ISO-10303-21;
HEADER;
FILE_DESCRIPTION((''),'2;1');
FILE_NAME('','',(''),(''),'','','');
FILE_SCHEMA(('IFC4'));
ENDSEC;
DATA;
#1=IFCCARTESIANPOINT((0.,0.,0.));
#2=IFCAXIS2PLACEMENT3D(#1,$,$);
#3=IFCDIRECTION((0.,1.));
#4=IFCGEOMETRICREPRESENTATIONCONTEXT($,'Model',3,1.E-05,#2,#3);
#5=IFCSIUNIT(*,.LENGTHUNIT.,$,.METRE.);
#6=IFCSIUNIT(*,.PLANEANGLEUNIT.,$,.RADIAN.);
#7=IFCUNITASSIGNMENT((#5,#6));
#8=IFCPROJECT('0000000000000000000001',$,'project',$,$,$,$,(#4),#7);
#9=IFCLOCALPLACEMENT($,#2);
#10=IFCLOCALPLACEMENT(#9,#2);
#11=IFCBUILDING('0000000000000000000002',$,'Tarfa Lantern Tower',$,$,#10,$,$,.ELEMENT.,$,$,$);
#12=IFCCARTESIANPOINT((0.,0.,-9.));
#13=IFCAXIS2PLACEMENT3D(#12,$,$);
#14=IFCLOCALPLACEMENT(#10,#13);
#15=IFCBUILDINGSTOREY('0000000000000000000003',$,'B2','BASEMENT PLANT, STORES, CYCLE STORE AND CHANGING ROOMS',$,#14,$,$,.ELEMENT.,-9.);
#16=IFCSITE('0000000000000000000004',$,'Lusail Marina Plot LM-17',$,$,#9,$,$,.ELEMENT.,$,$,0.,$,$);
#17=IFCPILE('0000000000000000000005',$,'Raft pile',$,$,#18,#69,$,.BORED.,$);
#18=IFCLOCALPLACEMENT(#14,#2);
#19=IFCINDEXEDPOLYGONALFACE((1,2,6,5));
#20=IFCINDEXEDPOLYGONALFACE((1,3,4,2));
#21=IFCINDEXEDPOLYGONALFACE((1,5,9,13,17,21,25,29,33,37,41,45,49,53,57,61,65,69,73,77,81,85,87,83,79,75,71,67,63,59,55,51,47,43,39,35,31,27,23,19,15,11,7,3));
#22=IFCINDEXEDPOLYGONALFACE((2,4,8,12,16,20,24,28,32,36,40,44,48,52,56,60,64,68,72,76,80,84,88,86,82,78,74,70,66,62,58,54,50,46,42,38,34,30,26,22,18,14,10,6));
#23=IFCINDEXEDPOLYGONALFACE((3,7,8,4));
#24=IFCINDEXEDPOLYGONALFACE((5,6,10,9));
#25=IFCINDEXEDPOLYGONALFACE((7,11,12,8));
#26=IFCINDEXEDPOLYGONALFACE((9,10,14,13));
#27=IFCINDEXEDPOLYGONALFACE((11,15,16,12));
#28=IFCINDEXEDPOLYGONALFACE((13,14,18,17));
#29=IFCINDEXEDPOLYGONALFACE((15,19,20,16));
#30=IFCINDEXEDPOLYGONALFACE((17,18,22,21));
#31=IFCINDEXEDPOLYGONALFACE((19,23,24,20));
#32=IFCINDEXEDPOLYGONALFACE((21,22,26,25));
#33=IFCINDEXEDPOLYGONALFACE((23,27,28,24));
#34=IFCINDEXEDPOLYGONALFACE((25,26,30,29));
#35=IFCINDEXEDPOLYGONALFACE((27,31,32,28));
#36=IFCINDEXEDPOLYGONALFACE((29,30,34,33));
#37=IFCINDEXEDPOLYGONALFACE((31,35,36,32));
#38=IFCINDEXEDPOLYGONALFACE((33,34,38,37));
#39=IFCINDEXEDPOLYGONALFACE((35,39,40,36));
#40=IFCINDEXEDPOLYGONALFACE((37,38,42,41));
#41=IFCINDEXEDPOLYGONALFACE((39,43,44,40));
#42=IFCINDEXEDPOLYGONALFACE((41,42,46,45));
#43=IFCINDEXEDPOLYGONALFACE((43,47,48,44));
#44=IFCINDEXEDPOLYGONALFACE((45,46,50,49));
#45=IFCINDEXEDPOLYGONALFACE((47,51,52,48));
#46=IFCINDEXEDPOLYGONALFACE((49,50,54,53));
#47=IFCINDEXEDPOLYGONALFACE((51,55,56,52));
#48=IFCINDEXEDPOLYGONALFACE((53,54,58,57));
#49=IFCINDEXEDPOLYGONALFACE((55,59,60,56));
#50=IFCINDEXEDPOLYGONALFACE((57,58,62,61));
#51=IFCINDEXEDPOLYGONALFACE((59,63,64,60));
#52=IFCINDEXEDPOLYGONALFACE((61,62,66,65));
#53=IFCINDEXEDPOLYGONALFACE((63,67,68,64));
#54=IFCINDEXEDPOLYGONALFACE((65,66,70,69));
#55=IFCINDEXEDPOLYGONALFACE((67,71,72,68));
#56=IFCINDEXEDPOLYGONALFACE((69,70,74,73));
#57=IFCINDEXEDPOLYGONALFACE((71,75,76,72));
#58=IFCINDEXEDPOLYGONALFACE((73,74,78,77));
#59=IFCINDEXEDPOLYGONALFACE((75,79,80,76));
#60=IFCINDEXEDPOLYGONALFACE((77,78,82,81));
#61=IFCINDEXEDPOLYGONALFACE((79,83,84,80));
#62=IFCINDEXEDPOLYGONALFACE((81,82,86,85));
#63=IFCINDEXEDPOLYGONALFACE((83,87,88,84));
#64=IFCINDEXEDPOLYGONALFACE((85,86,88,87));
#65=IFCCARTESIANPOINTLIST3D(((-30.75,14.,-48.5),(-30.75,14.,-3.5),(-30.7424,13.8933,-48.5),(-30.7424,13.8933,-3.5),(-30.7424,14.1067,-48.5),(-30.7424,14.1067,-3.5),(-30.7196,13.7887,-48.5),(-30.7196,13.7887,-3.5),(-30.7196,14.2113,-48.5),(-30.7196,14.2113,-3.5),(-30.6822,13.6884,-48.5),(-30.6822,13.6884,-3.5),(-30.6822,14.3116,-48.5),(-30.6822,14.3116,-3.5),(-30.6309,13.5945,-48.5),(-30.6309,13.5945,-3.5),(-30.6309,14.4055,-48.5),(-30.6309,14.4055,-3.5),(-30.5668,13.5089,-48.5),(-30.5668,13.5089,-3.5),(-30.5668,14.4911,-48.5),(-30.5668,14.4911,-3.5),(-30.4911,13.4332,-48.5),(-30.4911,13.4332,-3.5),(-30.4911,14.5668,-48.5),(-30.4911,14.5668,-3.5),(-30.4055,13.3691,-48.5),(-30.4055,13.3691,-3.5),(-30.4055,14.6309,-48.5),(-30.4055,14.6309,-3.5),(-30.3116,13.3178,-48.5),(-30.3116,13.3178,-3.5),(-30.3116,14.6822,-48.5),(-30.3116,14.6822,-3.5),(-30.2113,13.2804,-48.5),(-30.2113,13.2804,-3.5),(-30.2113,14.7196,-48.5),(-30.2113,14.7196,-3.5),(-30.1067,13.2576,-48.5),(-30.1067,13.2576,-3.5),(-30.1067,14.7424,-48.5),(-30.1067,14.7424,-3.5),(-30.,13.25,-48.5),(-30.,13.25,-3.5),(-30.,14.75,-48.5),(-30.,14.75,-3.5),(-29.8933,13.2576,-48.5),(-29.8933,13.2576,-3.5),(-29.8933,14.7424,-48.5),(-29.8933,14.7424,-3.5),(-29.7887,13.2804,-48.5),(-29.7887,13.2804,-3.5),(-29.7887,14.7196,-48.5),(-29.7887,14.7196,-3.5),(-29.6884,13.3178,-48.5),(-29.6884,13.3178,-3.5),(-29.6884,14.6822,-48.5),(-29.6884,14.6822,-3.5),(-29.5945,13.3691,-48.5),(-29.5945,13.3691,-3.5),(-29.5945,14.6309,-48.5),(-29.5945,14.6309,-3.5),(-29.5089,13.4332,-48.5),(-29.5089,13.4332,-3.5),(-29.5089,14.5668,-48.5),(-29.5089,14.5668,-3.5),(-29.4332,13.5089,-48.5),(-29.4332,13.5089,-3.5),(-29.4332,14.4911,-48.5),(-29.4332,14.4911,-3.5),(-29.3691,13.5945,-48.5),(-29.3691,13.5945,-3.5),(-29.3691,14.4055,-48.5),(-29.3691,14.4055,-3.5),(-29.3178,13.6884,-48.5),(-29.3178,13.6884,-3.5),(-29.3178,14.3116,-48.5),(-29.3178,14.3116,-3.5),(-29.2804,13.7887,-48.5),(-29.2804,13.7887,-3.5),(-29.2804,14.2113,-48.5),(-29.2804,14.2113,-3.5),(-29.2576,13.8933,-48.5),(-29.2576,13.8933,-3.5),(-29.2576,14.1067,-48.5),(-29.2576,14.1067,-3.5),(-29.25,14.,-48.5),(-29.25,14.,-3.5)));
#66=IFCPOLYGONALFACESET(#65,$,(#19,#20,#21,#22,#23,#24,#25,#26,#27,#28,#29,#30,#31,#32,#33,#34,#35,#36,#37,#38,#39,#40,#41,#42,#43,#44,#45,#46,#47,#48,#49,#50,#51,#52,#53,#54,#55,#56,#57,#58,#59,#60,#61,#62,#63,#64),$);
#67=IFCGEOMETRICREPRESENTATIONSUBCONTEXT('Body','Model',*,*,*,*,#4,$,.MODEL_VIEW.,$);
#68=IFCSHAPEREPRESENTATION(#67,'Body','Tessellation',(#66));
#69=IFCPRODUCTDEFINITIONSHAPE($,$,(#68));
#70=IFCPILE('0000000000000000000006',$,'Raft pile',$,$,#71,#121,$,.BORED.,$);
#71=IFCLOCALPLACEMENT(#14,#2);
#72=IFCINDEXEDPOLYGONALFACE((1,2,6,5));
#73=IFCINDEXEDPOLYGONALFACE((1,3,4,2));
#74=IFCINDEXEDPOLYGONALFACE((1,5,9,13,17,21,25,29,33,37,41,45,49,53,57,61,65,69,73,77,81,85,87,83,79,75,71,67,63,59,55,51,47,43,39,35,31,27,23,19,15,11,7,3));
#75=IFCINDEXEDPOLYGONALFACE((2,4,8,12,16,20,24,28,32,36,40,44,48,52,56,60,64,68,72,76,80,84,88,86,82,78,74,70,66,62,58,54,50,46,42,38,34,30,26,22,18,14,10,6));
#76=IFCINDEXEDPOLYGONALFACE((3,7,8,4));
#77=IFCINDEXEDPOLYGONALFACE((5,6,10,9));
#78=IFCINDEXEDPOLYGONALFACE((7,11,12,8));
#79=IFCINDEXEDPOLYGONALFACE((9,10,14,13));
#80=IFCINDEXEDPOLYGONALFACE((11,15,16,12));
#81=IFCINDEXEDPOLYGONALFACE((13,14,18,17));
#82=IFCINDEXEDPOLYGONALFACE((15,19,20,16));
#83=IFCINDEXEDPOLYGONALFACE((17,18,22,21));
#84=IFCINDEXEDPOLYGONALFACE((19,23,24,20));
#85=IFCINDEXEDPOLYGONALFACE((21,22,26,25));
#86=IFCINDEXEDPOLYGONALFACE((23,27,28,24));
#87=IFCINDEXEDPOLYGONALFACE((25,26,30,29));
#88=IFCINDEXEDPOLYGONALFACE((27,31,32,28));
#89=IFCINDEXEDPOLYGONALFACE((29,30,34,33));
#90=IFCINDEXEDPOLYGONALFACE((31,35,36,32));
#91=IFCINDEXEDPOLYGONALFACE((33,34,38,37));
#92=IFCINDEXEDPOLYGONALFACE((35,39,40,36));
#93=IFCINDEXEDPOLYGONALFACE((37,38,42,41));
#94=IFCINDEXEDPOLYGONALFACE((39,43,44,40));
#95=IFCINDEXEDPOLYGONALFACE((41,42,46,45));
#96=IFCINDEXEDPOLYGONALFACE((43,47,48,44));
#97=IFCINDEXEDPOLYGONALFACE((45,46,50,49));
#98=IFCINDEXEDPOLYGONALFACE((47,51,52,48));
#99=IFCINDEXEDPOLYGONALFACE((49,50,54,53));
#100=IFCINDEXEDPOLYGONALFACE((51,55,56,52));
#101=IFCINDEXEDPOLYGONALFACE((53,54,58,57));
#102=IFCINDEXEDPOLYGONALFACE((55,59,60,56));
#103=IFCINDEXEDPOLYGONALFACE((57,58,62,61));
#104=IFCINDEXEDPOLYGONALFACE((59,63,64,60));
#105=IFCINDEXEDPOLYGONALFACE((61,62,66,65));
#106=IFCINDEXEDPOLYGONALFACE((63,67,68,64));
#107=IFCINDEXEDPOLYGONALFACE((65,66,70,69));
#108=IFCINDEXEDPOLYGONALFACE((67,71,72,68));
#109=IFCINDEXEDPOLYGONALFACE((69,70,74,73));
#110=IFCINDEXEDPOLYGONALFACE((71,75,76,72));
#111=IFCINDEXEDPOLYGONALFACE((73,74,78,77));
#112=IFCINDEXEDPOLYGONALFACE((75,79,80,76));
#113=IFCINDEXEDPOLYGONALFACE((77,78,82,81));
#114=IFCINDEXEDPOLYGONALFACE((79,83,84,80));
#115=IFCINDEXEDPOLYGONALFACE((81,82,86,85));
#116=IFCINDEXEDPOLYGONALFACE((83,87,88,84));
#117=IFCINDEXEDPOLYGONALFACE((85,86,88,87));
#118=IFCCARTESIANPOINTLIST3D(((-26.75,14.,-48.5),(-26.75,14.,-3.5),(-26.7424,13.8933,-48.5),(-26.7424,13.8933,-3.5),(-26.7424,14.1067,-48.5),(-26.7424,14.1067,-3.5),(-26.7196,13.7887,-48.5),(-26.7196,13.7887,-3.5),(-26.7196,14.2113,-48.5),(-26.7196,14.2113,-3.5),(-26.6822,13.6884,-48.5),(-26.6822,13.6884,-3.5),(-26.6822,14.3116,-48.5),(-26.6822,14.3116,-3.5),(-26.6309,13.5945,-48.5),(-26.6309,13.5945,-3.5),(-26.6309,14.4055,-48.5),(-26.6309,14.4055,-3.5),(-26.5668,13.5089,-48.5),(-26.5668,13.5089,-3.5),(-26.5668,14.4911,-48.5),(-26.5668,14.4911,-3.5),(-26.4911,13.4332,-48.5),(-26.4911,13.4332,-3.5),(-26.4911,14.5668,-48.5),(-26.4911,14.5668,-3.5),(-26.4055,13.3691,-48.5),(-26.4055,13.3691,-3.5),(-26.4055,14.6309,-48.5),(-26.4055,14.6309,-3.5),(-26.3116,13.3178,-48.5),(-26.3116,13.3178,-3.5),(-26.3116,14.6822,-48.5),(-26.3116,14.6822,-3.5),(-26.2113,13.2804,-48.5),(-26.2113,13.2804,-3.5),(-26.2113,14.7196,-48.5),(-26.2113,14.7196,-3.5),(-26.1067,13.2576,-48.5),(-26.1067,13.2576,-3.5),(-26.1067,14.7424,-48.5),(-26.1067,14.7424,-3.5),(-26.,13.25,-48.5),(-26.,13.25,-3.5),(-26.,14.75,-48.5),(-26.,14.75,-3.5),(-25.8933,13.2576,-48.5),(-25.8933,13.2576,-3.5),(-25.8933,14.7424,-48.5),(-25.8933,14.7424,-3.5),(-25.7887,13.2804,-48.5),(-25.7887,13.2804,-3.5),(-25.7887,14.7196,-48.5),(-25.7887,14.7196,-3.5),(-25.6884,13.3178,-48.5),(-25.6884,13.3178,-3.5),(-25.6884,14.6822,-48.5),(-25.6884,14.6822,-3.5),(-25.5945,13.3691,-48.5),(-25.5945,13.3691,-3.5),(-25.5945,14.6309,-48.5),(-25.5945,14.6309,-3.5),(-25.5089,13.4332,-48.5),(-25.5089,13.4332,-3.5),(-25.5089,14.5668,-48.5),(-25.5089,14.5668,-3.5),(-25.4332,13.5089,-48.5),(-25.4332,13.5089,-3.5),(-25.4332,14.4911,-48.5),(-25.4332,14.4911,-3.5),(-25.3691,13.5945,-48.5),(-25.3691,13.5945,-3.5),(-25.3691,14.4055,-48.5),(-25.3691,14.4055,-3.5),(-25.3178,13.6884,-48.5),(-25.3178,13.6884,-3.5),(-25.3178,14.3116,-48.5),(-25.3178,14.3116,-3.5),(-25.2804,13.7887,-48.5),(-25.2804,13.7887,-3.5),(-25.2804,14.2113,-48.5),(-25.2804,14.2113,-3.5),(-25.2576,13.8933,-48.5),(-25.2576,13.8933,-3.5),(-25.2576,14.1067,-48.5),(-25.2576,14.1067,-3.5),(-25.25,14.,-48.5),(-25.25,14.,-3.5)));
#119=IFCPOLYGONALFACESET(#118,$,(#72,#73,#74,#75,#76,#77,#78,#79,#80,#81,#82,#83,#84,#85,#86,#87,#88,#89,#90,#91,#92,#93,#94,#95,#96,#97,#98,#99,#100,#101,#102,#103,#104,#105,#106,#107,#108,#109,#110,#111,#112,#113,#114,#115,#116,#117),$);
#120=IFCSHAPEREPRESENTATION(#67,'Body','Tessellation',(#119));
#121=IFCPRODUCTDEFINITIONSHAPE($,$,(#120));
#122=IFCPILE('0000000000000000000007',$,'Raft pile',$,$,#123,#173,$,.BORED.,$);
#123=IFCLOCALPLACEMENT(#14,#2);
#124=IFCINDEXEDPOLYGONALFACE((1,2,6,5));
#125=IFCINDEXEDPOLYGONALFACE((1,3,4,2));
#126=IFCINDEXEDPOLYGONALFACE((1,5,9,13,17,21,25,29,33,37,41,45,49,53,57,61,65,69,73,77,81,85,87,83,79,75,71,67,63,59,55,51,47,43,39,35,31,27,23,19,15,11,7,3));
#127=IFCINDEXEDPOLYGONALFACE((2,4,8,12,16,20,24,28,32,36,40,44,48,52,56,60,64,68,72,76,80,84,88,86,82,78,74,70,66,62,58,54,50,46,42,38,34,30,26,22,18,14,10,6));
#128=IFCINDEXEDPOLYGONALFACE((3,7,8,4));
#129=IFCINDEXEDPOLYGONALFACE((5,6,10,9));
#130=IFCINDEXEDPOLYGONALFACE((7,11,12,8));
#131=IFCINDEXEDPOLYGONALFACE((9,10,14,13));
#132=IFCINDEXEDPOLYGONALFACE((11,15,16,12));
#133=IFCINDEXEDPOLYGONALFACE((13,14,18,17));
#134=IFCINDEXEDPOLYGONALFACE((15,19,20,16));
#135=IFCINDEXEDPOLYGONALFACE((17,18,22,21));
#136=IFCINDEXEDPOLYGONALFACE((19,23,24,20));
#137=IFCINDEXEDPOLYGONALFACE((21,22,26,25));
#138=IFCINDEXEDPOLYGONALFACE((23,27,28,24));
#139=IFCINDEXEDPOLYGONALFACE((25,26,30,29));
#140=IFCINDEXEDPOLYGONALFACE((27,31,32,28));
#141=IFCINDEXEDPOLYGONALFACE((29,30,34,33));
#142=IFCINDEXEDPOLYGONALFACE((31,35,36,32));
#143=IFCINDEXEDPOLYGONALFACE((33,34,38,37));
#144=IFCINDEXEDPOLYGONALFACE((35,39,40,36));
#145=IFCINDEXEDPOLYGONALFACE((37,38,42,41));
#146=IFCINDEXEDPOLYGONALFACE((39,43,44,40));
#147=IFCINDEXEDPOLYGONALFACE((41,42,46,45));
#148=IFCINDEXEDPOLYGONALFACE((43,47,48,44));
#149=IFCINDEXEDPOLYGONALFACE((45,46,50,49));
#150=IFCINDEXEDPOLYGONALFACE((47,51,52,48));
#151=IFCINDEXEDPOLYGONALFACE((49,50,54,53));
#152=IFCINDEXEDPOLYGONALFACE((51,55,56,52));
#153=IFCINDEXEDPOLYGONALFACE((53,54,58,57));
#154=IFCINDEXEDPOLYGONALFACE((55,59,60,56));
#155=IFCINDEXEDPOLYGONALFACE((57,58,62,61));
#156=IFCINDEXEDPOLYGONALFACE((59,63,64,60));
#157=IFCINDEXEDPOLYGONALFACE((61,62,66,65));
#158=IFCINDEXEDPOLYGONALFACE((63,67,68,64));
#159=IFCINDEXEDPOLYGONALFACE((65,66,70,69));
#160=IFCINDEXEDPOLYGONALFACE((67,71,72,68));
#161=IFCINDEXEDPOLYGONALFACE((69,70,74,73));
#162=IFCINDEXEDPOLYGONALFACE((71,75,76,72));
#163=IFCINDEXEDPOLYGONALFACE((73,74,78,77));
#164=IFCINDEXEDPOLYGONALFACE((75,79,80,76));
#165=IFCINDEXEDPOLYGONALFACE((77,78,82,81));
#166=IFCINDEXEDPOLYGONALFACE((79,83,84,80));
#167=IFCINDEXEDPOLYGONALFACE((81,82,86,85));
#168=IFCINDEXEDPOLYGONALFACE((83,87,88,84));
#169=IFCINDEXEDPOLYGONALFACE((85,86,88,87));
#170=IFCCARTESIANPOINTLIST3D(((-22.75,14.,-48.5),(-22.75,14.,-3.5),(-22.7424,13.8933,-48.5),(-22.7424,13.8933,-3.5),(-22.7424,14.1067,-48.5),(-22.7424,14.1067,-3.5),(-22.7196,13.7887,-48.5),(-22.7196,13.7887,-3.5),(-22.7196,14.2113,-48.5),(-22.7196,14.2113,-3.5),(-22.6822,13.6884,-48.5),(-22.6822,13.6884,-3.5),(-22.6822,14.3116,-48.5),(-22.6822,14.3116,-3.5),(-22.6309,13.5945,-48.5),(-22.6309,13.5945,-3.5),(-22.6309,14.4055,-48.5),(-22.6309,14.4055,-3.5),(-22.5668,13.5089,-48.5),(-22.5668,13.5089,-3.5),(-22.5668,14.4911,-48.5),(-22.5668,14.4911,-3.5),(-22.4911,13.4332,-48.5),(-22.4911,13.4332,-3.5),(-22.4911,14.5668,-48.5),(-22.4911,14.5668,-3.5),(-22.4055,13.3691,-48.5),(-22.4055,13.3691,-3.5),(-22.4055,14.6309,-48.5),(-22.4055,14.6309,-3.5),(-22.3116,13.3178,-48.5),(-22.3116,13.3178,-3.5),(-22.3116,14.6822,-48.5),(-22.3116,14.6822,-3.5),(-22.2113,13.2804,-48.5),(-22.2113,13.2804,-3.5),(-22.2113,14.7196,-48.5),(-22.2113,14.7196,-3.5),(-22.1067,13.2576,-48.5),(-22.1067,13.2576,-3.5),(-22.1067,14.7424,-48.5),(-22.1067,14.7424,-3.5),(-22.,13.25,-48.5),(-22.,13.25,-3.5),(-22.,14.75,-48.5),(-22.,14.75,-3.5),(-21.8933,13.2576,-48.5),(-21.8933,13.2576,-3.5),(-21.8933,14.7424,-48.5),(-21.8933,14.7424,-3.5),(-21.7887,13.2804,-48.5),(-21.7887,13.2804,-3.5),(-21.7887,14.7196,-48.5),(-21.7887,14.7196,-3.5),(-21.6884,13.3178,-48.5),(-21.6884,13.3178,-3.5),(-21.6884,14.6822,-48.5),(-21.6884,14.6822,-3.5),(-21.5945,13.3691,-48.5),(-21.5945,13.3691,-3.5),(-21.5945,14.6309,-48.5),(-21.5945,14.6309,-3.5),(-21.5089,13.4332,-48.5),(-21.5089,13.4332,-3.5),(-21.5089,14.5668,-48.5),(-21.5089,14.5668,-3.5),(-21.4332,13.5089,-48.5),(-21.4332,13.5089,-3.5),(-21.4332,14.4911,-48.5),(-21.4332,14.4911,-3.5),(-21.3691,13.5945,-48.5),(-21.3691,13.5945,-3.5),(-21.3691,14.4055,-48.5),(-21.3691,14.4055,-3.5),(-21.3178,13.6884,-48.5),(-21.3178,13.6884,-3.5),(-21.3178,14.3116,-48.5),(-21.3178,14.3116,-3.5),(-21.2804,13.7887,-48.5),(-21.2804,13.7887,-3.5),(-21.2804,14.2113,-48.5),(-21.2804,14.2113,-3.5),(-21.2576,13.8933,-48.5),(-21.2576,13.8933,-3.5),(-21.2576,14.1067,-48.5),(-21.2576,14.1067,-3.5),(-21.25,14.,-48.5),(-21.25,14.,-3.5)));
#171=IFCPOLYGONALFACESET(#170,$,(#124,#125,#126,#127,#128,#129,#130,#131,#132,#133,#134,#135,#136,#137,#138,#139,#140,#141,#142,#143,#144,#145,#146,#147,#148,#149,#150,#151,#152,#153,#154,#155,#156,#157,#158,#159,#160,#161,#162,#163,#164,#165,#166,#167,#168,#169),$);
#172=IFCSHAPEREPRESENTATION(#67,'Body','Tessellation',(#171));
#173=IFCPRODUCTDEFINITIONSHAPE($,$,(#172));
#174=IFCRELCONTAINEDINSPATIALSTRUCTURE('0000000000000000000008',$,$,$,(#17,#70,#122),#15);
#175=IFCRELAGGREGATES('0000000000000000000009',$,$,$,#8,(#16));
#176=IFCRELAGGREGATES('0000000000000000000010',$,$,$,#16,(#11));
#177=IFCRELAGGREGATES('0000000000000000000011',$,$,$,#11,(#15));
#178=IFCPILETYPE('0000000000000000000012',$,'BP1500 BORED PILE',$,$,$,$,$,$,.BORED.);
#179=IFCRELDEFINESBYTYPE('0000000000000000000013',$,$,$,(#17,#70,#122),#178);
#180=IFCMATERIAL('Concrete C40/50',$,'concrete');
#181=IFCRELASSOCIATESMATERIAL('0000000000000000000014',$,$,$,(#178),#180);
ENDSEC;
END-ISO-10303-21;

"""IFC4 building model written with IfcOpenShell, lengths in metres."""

from ifc_helpers import new_model, si_unit, direction, frame, origin, origin_2d, place, context, subcontext, project, spatial, circle, extrude, material, material_profile, profile_set, type_object, element, save


model = new_model("IFC4")

# Units and contexts
model_context = context("Model", 3, precision=1e-05, world=origin(), true_north=direction((0.0, 1.0)))
body_context = subcontext(model_context, "Body", "Model", "MODEL_VIEW")
ifc_project = project(units=[si_unit("LENGTHUNIT", "METRE"), si_unit("PLANEANGLEUNIT", "RADIAN")], contexts=[model_context])

# Site, building, storey
site_placement = place(None, origin())
site = spatial("IfcSite", under=ifc_project, at=site_placement, Name="Lusail Marina Plot LM-17", CompositionType="ELEMENT", RefElevation=0.0)
building_placement = place(site_placement, origin())
building = spatial("IfcBuilding", under=site, at=building_placement, Name="Tarfa Lantern Tower", CompositionType="ELEMENT")
storey_placement = place(building_placement, frame((0.0, 0.0, -9.0)))
storey = spatial("IfcBuildingStorey", under=building, at=storey_placement, Name="B2", Description="BASEMENT PLANT, STORES, CYCLE STORE AND CHANGING ROOMS", CompositionType="ELEMENT", Elevation=-9.0)

# Piles
ifc_material_1 = material(Name="Concrete C40/50", Category="concrete")
ifc_material_profile_1 = material_profile(ifc_material_1, circle(Radius=0.75, at=origin_2d()), Name="BORED PILE D1500")
ifc_profile_set_1 = profile_set([ifc_material_profile_1], Name="Concrete C40/50")
pile_type = type_object("IfcPileType", Name="BP1500 BORED PILE", PredefinedType="BORED", material=ifc_profile_set_1)
for number, where, z_axis, x_axis, name in (
    (1, (-30.0, 14.0, -3.5), (0.0, 0.0, -1.0), (1.0, 0.0, 0.0), "Raft pile"),
    (2, (-26.0, 14.0, -3.5), (0.0, 0.0, -1.0), (1.0, 0.0, 0.0), "Raft pile"),
    (3, (-22.0, 14.0, -3.5), (0.0, 0.0, -1.0), (1.0, 0.0, 0.0), "Raft pile"),
):
    element("IfcPile", number, at=place(storey_placement, frame(where, z_axis=z_axis, x_axis=x_axis)), inside=storey, type_object=pile_type, Name=name, PredefinedType="BORED", context=body_context, shape_type="SweptSolid", body=[
        extrude(circle(Radius=0.75, at=origin_2d()), origin(), (0.0, 0.0, 1.0), 45.0),
    ])

save(model, "model.ifc")
